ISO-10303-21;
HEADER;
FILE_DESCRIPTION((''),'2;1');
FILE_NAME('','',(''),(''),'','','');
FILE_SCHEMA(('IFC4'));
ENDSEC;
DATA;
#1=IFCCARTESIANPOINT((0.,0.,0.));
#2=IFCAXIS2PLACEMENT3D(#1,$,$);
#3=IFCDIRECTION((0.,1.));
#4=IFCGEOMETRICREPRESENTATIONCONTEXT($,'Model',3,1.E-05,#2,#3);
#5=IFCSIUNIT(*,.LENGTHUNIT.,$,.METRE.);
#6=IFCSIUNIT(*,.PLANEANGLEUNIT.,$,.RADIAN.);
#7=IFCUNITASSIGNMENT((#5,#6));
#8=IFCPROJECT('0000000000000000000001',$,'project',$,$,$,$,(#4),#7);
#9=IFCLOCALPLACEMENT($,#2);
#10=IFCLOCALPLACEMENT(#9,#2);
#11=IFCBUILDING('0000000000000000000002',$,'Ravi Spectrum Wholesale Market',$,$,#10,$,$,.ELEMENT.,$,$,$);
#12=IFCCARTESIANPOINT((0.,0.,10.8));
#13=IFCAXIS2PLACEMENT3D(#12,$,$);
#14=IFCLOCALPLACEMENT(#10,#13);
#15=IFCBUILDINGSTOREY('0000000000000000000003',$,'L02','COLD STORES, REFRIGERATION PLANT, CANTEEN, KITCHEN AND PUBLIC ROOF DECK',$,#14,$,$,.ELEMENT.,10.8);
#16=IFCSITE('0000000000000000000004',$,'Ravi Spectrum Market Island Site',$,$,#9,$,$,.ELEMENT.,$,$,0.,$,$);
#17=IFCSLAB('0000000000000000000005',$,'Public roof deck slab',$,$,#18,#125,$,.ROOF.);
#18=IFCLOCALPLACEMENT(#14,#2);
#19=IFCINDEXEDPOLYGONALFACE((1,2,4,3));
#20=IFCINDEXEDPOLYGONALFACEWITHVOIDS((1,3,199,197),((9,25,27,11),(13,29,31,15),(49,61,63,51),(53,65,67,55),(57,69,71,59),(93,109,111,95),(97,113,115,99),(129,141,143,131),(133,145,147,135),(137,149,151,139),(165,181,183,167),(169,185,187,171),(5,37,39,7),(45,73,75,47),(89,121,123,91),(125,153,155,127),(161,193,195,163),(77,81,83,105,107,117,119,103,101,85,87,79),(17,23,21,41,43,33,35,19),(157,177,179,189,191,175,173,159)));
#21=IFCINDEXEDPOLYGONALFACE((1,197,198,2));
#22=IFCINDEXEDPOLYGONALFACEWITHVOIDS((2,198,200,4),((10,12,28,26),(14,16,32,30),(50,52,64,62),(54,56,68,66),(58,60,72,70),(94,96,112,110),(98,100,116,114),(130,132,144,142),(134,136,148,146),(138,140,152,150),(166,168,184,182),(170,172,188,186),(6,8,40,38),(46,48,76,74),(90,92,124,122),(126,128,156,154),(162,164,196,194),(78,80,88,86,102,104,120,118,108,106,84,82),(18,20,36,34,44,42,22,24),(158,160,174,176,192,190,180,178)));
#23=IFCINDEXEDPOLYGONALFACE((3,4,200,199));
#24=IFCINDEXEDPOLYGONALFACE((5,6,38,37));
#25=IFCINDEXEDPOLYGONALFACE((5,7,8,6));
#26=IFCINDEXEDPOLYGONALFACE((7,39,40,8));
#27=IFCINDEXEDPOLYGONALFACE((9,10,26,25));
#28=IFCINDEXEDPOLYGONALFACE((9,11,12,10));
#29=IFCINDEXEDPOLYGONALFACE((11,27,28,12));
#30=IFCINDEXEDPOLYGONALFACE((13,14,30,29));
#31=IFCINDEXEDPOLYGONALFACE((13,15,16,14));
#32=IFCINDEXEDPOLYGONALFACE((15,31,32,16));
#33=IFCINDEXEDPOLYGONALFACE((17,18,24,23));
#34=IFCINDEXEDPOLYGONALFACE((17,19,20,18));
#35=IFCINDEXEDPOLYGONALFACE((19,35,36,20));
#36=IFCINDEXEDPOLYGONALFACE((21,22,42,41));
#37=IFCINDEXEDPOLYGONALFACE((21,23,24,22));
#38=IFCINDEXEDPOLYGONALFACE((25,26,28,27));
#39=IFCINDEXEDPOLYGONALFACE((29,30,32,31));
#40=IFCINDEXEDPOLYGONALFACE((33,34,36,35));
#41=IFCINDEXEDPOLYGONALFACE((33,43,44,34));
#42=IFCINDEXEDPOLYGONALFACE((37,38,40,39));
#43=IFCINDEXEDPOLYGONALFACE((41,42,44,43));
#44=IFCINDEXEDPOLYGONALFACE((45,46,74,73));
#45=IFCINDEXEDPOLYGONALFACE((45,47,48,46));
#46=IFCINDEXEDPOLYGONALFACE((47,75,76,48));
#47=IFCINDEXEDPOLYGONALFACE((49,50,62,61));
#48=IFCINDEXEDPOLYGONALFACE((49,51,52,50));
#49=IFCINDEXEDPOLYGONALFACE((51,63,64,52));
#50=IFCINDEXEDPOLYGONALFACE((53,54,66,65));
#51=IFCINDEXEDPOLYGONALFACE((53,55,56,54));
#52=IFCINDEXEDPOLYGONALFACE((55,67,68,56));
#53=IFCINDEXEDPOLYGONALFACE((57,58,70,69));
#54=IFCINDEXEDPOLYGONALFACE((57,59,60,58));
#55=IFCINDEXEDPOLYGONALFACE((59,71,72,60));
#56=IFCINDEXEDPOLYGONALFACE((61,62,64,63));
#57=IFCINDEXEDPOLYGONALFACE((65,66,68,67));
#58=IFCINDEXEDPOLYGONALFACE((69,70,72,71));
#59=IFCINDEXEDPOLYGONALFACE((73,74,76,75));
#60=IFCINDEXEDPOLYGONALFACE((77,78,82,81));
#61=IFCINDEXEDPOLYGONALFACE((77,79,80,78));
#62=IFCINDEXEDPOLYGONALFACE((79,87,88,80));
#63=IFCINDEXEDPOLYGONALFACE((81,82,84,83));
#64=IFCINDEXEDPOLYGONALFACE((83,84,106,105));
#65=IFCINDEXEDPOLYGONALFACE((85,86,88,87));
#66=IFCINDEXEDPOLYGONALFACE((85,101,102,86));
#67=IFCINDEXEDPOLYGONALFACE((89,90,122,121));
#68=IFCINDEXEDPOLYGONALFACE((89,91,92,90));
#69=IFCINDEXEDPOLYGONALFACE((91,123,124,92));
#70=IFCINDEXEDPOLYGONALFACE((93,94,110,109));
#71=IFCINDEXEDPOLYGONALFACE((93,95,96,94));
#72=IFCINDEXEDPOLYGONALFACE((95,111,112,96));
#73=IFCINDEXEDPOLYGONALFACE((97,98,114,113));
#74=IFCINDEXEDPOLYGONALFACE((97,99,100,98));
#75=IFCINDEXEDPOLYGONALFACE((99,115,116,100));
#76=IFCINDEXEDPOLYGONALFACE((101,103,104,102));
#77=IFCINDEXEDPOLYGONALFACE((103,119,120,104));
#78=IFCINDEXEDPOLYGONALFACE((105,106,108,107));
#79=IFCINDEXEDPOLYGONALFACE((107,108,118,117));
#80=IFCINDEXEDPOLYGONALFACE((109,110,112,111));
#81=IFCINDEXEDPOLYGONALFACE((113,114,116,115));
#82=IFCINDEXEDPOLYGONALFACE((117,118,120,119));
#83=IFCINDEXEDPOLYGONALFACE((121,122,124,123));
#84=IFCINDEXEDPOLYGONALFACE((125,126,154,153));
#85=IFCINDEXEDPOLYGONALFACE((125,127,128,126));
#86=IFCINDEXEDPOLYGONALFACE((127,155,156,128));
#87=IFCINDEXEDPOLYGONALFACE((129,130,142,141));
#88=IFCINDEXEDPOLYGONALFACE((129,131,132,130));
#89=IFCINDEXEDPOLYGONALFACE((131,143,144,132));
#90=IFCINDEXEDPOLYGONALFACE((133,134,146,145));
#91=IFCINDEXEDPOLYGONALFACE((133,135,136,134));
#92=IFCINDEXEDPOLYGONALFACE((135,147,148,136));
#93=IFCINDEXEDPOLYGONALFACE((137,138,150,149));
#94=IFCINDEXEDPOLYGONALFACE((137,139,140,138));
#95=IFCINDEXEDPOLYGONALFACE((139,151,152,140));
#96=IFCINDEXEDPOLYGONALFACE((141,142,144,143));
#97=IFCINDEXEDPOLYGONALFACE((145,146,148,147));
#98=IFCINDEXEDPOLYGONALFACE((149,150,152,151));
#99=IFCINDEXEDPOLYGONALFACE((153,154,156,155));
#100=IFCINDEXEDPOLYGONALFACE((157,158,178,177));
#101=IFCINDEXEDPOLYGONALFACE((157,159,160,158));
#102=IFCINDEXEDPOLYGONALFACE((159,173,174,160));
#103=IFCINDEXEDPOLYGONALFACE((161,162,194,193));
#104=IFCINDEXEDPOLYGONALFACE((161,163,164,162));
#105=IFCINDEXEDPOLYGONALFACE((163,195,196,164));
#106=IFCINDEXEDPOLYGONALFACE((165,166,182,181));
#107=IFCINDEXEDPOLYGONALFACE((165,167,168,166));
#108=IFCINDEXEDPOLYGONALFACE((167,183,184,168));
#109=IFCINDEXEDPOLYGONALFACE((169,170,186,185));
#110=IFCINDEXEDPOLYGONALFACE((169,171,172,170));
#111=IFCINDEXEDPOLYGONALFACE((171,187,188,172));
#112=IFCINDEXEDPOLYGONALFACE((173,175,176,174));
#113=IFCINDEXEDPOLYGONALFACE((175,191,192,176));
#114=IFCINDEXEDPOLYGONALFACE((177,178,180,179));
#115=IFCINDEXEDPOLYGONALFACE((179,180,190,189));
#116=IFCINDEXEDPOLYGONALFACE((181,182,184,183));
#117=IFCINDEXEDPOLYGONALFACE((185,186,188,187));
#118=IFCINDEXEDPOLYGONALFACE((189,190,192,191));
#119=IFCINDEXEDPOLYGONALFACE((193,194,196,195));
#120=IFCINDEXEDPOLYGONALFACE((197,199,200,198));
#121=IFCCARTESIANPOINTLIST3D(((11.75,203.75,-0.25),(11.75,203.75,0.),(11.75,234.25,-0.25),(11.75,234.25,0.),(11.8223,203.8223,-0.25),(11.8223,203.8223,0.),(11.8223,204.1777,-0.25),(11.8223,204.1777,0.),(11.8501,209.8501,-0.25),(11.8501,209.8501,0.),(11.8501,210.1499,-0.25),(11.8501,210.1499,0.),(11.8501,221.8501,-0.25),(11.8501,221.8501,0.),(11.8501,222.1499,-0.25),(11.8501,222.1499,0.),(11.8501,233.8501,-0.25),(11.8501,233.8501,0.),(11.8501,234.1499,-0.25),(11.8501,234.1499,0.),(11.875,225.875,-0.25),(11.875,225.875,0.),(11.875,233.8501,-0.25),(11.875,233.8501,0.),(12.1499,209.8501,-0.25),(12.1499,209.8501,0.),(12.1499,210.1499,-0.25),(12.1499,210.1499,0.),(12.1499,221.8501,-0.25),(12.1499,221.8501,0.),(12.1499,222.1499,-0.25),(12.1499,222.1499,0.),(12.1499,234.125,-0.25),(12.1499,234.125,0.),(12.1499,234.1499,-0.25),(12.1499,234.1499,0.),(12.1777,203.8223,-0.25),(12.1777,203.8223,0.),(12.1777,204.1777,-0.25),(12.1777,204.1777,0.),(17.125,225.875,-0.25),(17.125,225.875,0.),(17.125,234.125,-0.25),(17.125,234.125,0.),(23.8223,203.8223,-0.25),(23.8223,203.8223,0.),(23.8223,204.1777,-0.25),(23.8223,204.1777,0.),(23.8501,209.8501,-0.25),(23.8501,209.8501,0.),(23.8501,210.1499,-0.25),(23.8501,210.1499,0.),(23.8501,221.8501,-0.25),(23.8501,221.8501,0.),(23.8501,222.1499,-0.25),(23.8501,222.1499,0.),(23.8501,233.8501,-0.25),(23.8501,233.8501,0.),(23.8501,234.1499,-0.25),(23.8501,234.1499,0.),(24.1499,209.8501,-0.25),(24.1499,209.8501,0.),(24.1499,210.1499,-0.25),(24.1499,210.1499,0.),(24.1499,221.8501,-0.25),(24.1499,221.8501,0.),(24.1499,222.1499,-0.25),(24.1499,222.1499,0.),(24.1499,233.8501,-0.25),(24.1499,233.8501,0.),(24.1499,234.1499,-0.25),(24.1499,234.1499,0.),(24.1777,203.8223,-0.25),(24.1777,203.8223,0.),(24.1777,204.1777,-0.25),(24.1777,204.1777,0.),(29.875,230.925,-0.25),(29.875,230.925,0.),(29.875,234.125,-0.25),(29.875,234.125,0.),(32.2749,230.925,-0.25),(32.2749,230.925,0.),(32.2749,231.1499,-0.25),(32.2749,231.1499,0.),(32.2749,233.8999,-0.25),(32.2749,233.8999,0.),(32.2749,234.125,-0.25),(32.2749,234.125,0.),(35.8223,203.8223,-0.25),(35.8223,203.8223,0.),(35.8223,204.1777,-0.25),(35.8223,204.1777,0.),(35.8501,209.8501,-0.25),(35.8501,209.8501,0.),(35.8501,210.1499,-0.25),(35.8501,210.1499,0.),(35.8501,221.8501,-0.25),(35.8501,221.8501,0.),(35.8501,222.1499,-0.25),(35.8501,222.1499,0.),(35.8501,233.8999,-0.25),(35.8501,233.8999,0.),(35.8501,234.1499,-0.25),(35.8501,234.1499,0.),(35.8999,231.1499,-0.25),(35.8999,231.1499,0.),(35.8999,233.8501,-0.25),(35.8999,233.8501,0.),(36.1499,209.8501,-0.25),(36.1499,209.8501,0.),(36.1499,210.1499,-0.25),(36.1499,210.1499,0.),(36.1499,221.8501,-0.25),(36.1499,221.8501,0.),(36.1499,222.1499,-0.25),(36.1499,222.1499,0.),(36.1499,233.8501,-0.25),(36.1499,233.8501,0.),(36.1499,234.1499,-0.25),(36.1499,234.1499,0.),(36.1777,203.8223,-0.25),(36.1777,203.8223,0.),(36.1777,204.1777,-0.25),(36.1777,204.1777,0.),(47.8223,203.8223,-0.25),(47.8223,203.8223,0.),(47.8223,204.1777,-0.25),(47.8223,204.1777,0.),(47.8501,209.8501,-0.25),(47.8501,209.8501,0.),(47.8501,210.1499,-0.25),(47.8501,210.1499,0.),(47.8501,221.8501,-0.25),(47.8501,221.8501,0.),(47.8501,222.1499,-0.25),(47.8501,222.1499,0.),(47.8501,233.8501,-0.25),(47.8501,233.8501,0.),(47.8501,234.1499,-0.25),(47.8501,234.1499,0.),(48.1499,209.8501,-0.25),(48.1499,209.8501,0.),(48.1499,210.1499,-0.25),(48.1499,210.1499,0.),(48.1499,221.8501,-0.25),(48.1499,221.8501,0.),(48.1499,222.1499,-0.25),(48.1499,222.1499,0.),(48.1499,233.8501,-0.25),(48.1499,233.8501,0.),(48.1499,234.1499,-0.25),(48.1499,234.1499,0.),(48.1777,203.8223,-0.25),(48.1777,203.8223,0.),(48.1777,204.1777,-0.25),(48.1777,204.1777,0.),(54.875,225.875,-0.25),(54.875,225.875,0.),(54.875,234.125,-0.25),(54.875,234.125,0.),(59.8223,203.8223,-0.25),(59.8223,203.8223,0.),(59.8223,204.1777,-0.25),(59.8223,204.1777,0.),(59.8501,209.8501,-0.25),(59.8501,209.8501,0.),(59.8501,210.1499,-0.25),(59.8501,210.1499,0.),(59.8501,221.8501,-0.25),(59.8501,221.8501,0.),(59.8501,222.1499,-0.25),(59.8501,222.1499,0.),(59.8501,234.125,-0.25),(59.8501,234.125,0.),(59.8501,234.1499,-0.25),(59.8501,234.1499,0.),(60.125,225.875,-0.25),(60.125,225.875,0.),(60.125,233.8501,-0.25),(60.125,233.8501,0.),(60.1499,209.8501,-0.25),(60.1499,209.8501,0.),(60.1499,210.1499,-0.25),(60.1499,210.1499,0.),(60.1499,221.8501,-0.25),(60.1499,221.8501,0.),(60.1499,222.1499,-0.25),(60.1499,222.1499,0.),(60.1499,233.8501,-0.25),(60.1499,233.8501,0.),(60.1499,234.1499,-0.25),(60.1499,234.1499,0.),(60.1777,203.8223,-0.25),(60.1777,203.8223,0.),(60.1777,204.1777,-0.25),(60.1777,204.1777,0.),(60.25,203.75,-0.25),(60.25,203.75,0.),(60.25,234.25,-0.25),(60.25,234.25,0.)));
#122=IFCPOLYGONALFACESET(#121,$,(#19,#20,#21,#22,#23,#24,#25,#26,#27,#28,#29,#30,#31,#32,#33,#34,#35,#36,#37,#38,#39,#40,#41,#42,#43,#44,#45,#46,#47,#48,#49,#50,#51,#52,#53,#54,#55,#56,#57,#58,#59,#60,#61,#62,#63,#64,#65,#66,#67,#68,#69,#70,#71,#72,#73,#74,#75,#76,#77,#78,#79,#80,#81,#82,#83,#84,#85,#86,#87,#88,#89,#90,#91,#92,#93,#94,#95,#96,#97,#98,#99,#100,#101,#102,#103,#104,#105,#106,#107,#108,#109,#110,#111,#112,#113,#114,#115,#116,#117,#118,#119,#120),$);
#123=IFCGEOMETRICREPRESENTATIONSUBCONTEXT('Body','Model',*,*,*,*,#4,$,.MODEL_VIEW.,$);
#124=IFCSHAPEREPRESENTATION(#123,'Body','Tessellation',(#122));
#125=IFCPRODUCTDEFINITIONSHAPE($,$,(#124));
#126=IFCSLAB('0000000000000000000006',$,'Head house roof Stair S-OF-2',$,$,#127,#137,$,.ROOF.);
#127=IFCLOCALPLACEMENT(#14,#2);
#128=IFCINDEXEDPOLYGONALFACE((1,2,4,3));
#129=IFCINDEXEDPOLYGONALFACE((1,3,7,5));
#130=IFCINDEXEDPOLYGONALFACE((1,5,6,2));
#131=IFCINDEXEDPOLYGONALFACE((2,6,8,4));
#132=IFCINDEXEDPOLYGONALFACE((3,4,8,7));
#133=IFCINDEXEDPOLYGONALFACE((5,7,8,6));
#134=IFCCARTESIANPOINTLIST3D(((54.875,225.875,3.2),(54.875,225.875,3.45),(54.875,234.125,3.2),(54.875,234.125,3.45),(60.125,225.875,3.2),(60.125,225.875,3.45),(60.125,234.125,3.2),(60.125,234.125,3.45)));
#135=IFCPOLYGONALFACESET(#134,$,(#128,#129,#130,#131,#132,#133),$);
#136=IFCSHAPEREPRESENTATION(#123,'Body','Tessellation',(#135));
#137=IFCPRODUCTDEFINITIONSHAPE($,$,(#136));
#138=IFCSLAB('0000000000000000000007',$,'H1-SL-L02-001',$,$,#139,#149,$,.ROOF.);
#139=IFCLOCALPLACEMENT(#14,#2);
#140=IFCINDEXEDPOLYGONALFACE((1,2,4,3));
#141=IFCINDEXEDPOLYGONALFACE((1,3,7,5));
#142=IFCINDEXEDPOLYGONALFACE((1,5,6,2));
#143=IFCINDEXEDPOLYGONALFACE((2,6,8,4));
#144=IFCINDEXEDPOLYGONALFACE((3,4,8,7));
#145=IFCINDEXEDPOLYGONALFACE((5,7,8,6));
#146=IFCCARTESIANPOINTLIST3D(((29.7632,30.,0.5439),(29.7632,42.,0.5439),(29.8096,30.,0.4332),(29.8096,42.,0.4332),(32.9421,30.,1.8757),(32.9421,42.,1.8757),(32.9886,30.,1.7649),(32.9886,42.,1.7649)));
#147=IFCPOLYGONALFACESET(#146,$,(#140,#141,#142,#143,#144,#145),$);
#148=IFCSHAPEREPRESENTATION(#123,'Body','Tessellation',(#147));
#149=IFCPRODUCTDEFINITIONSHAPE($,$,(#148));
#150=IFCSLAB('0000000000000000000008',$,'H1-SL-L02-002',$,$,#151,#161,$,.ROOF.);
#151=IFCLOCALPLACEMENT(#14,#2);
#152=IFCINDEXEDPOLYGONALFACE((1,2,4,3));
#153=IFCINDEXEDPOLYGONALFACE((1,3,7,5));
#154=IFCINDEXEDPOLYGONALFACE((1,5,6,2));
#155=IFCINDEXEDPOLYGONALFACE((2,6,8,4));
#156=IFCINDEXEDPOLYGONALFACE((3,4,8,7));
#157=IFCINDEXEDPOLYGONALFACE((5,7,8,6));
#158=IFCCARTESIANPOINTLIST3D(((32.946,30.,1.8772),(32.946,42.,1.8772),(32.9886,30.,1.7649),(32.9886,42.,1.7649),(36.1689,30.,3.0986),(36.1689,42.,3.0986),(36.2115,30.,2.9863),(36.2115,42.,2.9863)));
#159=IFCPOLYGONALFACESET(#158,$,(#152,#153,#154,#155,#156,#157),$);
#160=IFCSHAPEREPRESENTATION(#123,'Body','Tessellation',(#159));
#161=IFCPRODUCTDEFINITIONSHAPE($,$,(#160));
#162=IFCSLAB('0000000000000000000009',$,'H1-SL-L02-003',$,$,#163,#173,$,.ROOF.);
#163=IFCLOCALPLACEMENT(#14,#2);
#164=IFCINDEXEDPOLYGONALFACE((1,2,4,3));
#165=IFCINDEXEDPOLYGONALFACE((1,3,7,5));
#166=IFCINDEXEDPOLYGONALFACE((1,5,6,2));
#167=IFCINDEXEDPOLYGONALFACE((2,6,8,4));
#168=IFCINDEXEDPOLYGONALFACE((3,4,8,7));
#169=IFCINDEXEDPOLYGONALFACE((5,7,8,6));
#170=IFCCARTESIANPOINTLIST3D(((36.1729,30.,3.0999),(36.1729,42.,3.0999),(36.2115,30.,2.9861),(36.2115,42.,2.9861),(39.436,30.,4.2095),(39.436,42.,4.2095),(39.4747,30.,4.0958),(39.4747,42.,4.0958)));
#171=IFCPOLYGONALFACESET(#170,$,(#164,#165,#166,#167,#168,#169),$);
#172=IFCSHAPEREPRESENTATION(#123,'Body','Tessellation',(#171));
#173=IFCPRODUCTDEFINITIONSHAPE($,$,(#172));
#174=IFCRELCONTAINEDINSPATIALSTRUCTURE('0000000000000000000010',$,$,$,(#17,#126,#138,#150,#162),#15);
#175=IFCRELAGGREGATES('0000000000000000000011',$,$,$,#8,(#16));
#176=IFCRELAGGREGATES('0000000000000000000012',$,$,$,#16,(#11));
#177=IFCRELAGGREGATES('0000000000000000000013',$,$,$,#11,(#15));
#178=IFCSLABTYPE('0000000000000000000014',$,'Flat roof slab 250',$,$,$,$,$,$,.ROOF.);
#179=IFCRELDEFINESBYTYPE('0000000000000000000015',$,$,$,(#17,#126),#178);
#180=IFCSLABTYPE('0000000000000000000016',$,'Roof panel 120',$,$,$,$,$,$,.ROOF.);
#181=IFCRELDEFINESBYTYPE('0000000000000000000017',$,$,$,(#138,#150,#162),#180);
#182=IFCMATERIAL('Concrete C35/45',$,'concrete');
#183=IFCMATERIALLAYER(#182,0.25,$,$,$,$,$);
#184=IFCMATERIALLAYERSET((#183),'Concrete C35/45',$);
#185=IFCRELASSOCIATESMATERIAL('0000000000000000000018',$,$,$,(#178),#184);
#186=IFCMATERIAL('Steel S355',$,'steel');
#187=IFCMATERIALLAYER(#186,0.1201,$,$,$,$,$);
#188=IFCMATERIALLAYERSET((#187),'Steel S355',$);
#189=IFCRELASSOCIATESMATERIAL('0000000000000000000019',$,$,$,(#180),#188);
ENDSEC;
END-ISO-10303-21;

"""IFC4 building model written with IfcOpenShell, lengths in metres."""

from ifc_helpers import new_model, si_unit, direction, frame, origin, place, context, subcontext, project, spatial, polyline, outline, extrude, material, layer, layer_set, type_object, element, save


model = new_model("IFC4")

# Units and contexts
model_context = context("Model", 3, precision=1e-05, world=origin(), true_north=direction((0.0, 1.0)))
body_context = subcontext(model_context, "Body", "Model", "MODEL_VIEW")
ifc_project = project(units=[si_unit("LENGTHUNIT", "METRE"), si_unit("PLANEANGLEUNIT", "RADIAN")], contexts=[model_context])

# Site, building, storey
site_placement = place(None, origin())
site = spatial("IfcSite", under=ifc_project, at=site_placement, Name="Ravi Spectrum Market Island Site", CompositionType="ELEMENT", RefElevation=0.0)
building_placement = place(site_placement, origin())
building = spatial("IfcBuilding", under=site, at=building_placement, Name="Ravi Spectrum Wholesale Market", CompositionType="ELEMENT")
storey_placement = place(building_placement, frame((0.0, 0.0, 10.8)))
storey = spatial("IfcBuildingStorey", under=building, at=storey_placement, Name="L02", Description="COLD STORES, REFRIGERATION PLANT, CANTEEN, KITCHEN AND PUBLIC ROOF DECK", CompositionType="ELEMENT", Elevation=10.8)

# Slabs
ifc_material_1 = material(Name="Concrete C35/45", Category="concrete")
ifc_layer_1 = layer(ifc_material_1, 0.25)
ifc_layer_set_1 = layer_set([ifc_layer_1], Name="Concrete C35/45")
slab_type_1 = type_object("IfcSlabType", Name="Flat roof slab 250", PredefinedType="ROOF", material=ifc_layer_set_1)
slab_1_placement = place(storey_placement, frame((0.0, 0.0, -0.25)))
element("IfcSlab", 1, at=slab_1_placement, inside=storey, type_object=slab_type_1, Name="Public roof deck slab", PredefinedType="ROOF", context=body_context, shape_type="SweptSolid", body=[
    extrude(outline(polyline([(11.75, 203.75), (11.75, 234.25), (60.25, 234.25), (60.25, 203.75), (11.75, 203.75)]), holes=[polyline([(12.1777, 203.8223), (12.1777, 204.1777), (11.8223, 204.1777), (11.8223, 203.8223), (12.1777, 203.8223)]), polyline([(23.8223, 203.8223), (24.1777, 203.8223), (24.1777, 204.1777), (23.8223, 204.1777), (23.8223, 203.8223)]), polyline([(35.8223, 203.8223), (36.1777, 203.8223), (36.1777, 204.1777), (35.8223, 204.1777), (35.8223, 203.8223)]), polyline([(12.1499, 209.8501), (12.1499, 210.1499), (11.8501, 210.1499), (11.8501, 209.8501), (12.1499, 209.8501)]), polyline([(23.8501, 209.8501), (24.1499, 209.8501), (24.1499, 210.1499), (23.8501, 210.1499), (23.8501, 209.8501)]), polyline([(11.8501, 221.8501), (12.1499, 221.8501), (12.1499, 222.1499), (11.8501, 222.1499), (11.8501, 221.8501)]), polyline([(24.1499, 221.8501), (24.1499, 222.1499), (23.8501, 222.1499), (23.8501, 221.8501), (24.1499, 221.8501)]), polyline([(11.875, 225.875), (17.125, 225.875), (17.125, 234.125), (12.1499, 234.125), (12.1499, 234.1499), (11.8501, 234.1499), (11.8501, 233.8501), (11.875, 233.8501), (11.875, 225.875)]), polyline([(35.8999, 233.8501), (36.1499, 233.8501), (36.1499, 234.1499), (35.8501, 234.1499), (35.8501, 233.8999), (32.2749, 233.8999), (32.2749, 234.125), (29.875, 234.125), (29.875, 230.925), (32.2749, 230.925), (32.2749, 231.1499), (35.8999, 231.1499), (35.8999, 233.8501)]), polyline([(23.8501, 233.8501), (24.1499, 233.8501), (24.1499, 234.1499), (23.8501, 234.1499), (23.8501, 233.8501)]), polyline([(48.1777, 203.8223), (48.1777, 204.1777), (47.8223, 204.1777), (47.8223, 203.8223), (48.1777, 203.8223)]), polyline([(59.8223, 203.8223), (60.1777, 203.8223), (60.1777, 204.1777), (59.8223, 204.1777), (59.8223, 203.8223)]), polyline([(35.8501, 209.8501), (36.1499, 209.8501), (36.1499, 210.1499), (35.8501, 210.1499), (35.8501, 209.8501)]), polyline([(48.1499, 209.8501), (48.1499, 210.1499), (47.8501, 210.1499), (47.8501, 209.8501), (48.1499, 209.8501)]), polyline([(59.8501, 209.8501), (60.1499, 209.8501), (60.1499, 210.1499), (59.8501, 210.1499), (59.8501, 209.8501)]), polyline([(35.8501, 221.8501), (36.1499, 221.8501), (36.1499, 222.1499), (35.8501, 222.1499), (35.8501, 221.8501)]), polyline([(48.1499, 221.8501), (48.1499, 222.1499), (47.8501, 222.1499), (47.8501, 221.8501), (48.1499, 221.8501)]), polyline([(59.8501, 221.8501), (60.1499, 221.8501), (60.1499, 222.1499), (59.8501, 222.1499), (59.8501, 221.8501)]), polyline([(54.875, 225.875), (60.125, 225.875), (60.125, 233.8501), (60.1499, 233.8501), (60.1499, 234.1499), (59.8501, 234.1499), (59.8501, 234.125), (54.875, 234.125), (54.875, 225.875)]), polyline([(47.8501, 233.8501), (48.1499, 233.8501), (48.1499, 234.1499), (47.8501, 234.1499), (47.8501, 233.8501)])]), origin(), (0.0, 0.0, 1.0), 0.25),
])
slab_2_placement = place(storey_placement, frame((0.0, 0.0, 3.2)))
element("IfcSlab", 2, at=slab_2_placement, inside=storey, type_object=slab_type_1, Name="Head house roof Stair S-OF-2", PredefinedType="ROOF", context=body_context, shape_type="SweptSolid", body=[
    extrude(outline(polyline([(60.125, 225.875), (60.125, 234.125), (54.875, 234.125), (54.875, 225.875), (60.125, 225.875)])), origin(), (0.0, 0.0, 1.0), 0.25),
])
ifc_material_2 = material(Name="Steel S355", Category="steel")
ifc_layer_2 = layer(ifc_material_2, 0.1201)
ifc_layer_set_2 = layer_set([ifc_layer_2], Name="Steel S355")
slab_type_2 = type_object("IfcSlabType", Name="Roof panel 120", PredefinedType="ROOF", material=ifc_layer_set_2)
slab_3_placement = place(storey_placement, frame((29.7632, 30.0, 0.5439), z_axis=(-0.3864, 0.0, 0.922331), x_axis=(0.922331, 0.0, 0.3864)))
element("IfcSlab", 3, at=slab_3_placement, inside=storey, type_object=slab_type_2, Name="H1-SL-L02-001", PredefinedType="ROOF", context=body_context, shape_type="SweptSolid", body=[
    extrude(outline(polyline([(0.0, 0.0), (3.4467, 0.0), (3.4467, 12.0), (0.0, 12.0), (0.0, 0.0)])), origin(), (0.0, 0.0, -1.0), 0.1201),
])
slab_4_placement = place(storey_placement, frame((32.946, 30.0, 1.8772), z_axis=(-0.354389, 0.0, 0.935098), x_axis=(0.935098, 0.0, 0.354389)))
element("IfcSlab", 4, at=slab_4_placement, inside=storey, type_object=slab_type_2, Name="H1-SL-L02-002", PredefinedType="ROOF", context=body_context, shape_type="SweptSolid", body=[
    extrude(outline(polyline([(0.0, 0.0), (3.4466, 0.0), (3.4466, 12.0), (0.0, 12.0), (0.0, 0.0)])), origin(), (0.0, 0.0, -1.0), 0.1201),
])
slab_5_placement = place(storey_placement, frame((36.1729, 30.0, 3.0999), z_axis=(-0.321938, 0.0, 0.946761), x_axis=(0.946761, 0.0, 0.321938)))
element("IfcSlab", 5, at=slab_5_placement, inside=storey, type_object=slab_type_2, Name="H1-SL-L02-003", PredefinedType="ROOF", context=body_context, shape_type="SweptSolid", body=[
    extrude(outline(polyline([(0.0, 0.0), (3.4467, 0.0), (3.4467, 12.0), (0.0, 12.0), (0.0, 0.0)])), origin(), (0.0, 0.0, -1.0), 0.1201),
])

save(model, "model.ifc")
